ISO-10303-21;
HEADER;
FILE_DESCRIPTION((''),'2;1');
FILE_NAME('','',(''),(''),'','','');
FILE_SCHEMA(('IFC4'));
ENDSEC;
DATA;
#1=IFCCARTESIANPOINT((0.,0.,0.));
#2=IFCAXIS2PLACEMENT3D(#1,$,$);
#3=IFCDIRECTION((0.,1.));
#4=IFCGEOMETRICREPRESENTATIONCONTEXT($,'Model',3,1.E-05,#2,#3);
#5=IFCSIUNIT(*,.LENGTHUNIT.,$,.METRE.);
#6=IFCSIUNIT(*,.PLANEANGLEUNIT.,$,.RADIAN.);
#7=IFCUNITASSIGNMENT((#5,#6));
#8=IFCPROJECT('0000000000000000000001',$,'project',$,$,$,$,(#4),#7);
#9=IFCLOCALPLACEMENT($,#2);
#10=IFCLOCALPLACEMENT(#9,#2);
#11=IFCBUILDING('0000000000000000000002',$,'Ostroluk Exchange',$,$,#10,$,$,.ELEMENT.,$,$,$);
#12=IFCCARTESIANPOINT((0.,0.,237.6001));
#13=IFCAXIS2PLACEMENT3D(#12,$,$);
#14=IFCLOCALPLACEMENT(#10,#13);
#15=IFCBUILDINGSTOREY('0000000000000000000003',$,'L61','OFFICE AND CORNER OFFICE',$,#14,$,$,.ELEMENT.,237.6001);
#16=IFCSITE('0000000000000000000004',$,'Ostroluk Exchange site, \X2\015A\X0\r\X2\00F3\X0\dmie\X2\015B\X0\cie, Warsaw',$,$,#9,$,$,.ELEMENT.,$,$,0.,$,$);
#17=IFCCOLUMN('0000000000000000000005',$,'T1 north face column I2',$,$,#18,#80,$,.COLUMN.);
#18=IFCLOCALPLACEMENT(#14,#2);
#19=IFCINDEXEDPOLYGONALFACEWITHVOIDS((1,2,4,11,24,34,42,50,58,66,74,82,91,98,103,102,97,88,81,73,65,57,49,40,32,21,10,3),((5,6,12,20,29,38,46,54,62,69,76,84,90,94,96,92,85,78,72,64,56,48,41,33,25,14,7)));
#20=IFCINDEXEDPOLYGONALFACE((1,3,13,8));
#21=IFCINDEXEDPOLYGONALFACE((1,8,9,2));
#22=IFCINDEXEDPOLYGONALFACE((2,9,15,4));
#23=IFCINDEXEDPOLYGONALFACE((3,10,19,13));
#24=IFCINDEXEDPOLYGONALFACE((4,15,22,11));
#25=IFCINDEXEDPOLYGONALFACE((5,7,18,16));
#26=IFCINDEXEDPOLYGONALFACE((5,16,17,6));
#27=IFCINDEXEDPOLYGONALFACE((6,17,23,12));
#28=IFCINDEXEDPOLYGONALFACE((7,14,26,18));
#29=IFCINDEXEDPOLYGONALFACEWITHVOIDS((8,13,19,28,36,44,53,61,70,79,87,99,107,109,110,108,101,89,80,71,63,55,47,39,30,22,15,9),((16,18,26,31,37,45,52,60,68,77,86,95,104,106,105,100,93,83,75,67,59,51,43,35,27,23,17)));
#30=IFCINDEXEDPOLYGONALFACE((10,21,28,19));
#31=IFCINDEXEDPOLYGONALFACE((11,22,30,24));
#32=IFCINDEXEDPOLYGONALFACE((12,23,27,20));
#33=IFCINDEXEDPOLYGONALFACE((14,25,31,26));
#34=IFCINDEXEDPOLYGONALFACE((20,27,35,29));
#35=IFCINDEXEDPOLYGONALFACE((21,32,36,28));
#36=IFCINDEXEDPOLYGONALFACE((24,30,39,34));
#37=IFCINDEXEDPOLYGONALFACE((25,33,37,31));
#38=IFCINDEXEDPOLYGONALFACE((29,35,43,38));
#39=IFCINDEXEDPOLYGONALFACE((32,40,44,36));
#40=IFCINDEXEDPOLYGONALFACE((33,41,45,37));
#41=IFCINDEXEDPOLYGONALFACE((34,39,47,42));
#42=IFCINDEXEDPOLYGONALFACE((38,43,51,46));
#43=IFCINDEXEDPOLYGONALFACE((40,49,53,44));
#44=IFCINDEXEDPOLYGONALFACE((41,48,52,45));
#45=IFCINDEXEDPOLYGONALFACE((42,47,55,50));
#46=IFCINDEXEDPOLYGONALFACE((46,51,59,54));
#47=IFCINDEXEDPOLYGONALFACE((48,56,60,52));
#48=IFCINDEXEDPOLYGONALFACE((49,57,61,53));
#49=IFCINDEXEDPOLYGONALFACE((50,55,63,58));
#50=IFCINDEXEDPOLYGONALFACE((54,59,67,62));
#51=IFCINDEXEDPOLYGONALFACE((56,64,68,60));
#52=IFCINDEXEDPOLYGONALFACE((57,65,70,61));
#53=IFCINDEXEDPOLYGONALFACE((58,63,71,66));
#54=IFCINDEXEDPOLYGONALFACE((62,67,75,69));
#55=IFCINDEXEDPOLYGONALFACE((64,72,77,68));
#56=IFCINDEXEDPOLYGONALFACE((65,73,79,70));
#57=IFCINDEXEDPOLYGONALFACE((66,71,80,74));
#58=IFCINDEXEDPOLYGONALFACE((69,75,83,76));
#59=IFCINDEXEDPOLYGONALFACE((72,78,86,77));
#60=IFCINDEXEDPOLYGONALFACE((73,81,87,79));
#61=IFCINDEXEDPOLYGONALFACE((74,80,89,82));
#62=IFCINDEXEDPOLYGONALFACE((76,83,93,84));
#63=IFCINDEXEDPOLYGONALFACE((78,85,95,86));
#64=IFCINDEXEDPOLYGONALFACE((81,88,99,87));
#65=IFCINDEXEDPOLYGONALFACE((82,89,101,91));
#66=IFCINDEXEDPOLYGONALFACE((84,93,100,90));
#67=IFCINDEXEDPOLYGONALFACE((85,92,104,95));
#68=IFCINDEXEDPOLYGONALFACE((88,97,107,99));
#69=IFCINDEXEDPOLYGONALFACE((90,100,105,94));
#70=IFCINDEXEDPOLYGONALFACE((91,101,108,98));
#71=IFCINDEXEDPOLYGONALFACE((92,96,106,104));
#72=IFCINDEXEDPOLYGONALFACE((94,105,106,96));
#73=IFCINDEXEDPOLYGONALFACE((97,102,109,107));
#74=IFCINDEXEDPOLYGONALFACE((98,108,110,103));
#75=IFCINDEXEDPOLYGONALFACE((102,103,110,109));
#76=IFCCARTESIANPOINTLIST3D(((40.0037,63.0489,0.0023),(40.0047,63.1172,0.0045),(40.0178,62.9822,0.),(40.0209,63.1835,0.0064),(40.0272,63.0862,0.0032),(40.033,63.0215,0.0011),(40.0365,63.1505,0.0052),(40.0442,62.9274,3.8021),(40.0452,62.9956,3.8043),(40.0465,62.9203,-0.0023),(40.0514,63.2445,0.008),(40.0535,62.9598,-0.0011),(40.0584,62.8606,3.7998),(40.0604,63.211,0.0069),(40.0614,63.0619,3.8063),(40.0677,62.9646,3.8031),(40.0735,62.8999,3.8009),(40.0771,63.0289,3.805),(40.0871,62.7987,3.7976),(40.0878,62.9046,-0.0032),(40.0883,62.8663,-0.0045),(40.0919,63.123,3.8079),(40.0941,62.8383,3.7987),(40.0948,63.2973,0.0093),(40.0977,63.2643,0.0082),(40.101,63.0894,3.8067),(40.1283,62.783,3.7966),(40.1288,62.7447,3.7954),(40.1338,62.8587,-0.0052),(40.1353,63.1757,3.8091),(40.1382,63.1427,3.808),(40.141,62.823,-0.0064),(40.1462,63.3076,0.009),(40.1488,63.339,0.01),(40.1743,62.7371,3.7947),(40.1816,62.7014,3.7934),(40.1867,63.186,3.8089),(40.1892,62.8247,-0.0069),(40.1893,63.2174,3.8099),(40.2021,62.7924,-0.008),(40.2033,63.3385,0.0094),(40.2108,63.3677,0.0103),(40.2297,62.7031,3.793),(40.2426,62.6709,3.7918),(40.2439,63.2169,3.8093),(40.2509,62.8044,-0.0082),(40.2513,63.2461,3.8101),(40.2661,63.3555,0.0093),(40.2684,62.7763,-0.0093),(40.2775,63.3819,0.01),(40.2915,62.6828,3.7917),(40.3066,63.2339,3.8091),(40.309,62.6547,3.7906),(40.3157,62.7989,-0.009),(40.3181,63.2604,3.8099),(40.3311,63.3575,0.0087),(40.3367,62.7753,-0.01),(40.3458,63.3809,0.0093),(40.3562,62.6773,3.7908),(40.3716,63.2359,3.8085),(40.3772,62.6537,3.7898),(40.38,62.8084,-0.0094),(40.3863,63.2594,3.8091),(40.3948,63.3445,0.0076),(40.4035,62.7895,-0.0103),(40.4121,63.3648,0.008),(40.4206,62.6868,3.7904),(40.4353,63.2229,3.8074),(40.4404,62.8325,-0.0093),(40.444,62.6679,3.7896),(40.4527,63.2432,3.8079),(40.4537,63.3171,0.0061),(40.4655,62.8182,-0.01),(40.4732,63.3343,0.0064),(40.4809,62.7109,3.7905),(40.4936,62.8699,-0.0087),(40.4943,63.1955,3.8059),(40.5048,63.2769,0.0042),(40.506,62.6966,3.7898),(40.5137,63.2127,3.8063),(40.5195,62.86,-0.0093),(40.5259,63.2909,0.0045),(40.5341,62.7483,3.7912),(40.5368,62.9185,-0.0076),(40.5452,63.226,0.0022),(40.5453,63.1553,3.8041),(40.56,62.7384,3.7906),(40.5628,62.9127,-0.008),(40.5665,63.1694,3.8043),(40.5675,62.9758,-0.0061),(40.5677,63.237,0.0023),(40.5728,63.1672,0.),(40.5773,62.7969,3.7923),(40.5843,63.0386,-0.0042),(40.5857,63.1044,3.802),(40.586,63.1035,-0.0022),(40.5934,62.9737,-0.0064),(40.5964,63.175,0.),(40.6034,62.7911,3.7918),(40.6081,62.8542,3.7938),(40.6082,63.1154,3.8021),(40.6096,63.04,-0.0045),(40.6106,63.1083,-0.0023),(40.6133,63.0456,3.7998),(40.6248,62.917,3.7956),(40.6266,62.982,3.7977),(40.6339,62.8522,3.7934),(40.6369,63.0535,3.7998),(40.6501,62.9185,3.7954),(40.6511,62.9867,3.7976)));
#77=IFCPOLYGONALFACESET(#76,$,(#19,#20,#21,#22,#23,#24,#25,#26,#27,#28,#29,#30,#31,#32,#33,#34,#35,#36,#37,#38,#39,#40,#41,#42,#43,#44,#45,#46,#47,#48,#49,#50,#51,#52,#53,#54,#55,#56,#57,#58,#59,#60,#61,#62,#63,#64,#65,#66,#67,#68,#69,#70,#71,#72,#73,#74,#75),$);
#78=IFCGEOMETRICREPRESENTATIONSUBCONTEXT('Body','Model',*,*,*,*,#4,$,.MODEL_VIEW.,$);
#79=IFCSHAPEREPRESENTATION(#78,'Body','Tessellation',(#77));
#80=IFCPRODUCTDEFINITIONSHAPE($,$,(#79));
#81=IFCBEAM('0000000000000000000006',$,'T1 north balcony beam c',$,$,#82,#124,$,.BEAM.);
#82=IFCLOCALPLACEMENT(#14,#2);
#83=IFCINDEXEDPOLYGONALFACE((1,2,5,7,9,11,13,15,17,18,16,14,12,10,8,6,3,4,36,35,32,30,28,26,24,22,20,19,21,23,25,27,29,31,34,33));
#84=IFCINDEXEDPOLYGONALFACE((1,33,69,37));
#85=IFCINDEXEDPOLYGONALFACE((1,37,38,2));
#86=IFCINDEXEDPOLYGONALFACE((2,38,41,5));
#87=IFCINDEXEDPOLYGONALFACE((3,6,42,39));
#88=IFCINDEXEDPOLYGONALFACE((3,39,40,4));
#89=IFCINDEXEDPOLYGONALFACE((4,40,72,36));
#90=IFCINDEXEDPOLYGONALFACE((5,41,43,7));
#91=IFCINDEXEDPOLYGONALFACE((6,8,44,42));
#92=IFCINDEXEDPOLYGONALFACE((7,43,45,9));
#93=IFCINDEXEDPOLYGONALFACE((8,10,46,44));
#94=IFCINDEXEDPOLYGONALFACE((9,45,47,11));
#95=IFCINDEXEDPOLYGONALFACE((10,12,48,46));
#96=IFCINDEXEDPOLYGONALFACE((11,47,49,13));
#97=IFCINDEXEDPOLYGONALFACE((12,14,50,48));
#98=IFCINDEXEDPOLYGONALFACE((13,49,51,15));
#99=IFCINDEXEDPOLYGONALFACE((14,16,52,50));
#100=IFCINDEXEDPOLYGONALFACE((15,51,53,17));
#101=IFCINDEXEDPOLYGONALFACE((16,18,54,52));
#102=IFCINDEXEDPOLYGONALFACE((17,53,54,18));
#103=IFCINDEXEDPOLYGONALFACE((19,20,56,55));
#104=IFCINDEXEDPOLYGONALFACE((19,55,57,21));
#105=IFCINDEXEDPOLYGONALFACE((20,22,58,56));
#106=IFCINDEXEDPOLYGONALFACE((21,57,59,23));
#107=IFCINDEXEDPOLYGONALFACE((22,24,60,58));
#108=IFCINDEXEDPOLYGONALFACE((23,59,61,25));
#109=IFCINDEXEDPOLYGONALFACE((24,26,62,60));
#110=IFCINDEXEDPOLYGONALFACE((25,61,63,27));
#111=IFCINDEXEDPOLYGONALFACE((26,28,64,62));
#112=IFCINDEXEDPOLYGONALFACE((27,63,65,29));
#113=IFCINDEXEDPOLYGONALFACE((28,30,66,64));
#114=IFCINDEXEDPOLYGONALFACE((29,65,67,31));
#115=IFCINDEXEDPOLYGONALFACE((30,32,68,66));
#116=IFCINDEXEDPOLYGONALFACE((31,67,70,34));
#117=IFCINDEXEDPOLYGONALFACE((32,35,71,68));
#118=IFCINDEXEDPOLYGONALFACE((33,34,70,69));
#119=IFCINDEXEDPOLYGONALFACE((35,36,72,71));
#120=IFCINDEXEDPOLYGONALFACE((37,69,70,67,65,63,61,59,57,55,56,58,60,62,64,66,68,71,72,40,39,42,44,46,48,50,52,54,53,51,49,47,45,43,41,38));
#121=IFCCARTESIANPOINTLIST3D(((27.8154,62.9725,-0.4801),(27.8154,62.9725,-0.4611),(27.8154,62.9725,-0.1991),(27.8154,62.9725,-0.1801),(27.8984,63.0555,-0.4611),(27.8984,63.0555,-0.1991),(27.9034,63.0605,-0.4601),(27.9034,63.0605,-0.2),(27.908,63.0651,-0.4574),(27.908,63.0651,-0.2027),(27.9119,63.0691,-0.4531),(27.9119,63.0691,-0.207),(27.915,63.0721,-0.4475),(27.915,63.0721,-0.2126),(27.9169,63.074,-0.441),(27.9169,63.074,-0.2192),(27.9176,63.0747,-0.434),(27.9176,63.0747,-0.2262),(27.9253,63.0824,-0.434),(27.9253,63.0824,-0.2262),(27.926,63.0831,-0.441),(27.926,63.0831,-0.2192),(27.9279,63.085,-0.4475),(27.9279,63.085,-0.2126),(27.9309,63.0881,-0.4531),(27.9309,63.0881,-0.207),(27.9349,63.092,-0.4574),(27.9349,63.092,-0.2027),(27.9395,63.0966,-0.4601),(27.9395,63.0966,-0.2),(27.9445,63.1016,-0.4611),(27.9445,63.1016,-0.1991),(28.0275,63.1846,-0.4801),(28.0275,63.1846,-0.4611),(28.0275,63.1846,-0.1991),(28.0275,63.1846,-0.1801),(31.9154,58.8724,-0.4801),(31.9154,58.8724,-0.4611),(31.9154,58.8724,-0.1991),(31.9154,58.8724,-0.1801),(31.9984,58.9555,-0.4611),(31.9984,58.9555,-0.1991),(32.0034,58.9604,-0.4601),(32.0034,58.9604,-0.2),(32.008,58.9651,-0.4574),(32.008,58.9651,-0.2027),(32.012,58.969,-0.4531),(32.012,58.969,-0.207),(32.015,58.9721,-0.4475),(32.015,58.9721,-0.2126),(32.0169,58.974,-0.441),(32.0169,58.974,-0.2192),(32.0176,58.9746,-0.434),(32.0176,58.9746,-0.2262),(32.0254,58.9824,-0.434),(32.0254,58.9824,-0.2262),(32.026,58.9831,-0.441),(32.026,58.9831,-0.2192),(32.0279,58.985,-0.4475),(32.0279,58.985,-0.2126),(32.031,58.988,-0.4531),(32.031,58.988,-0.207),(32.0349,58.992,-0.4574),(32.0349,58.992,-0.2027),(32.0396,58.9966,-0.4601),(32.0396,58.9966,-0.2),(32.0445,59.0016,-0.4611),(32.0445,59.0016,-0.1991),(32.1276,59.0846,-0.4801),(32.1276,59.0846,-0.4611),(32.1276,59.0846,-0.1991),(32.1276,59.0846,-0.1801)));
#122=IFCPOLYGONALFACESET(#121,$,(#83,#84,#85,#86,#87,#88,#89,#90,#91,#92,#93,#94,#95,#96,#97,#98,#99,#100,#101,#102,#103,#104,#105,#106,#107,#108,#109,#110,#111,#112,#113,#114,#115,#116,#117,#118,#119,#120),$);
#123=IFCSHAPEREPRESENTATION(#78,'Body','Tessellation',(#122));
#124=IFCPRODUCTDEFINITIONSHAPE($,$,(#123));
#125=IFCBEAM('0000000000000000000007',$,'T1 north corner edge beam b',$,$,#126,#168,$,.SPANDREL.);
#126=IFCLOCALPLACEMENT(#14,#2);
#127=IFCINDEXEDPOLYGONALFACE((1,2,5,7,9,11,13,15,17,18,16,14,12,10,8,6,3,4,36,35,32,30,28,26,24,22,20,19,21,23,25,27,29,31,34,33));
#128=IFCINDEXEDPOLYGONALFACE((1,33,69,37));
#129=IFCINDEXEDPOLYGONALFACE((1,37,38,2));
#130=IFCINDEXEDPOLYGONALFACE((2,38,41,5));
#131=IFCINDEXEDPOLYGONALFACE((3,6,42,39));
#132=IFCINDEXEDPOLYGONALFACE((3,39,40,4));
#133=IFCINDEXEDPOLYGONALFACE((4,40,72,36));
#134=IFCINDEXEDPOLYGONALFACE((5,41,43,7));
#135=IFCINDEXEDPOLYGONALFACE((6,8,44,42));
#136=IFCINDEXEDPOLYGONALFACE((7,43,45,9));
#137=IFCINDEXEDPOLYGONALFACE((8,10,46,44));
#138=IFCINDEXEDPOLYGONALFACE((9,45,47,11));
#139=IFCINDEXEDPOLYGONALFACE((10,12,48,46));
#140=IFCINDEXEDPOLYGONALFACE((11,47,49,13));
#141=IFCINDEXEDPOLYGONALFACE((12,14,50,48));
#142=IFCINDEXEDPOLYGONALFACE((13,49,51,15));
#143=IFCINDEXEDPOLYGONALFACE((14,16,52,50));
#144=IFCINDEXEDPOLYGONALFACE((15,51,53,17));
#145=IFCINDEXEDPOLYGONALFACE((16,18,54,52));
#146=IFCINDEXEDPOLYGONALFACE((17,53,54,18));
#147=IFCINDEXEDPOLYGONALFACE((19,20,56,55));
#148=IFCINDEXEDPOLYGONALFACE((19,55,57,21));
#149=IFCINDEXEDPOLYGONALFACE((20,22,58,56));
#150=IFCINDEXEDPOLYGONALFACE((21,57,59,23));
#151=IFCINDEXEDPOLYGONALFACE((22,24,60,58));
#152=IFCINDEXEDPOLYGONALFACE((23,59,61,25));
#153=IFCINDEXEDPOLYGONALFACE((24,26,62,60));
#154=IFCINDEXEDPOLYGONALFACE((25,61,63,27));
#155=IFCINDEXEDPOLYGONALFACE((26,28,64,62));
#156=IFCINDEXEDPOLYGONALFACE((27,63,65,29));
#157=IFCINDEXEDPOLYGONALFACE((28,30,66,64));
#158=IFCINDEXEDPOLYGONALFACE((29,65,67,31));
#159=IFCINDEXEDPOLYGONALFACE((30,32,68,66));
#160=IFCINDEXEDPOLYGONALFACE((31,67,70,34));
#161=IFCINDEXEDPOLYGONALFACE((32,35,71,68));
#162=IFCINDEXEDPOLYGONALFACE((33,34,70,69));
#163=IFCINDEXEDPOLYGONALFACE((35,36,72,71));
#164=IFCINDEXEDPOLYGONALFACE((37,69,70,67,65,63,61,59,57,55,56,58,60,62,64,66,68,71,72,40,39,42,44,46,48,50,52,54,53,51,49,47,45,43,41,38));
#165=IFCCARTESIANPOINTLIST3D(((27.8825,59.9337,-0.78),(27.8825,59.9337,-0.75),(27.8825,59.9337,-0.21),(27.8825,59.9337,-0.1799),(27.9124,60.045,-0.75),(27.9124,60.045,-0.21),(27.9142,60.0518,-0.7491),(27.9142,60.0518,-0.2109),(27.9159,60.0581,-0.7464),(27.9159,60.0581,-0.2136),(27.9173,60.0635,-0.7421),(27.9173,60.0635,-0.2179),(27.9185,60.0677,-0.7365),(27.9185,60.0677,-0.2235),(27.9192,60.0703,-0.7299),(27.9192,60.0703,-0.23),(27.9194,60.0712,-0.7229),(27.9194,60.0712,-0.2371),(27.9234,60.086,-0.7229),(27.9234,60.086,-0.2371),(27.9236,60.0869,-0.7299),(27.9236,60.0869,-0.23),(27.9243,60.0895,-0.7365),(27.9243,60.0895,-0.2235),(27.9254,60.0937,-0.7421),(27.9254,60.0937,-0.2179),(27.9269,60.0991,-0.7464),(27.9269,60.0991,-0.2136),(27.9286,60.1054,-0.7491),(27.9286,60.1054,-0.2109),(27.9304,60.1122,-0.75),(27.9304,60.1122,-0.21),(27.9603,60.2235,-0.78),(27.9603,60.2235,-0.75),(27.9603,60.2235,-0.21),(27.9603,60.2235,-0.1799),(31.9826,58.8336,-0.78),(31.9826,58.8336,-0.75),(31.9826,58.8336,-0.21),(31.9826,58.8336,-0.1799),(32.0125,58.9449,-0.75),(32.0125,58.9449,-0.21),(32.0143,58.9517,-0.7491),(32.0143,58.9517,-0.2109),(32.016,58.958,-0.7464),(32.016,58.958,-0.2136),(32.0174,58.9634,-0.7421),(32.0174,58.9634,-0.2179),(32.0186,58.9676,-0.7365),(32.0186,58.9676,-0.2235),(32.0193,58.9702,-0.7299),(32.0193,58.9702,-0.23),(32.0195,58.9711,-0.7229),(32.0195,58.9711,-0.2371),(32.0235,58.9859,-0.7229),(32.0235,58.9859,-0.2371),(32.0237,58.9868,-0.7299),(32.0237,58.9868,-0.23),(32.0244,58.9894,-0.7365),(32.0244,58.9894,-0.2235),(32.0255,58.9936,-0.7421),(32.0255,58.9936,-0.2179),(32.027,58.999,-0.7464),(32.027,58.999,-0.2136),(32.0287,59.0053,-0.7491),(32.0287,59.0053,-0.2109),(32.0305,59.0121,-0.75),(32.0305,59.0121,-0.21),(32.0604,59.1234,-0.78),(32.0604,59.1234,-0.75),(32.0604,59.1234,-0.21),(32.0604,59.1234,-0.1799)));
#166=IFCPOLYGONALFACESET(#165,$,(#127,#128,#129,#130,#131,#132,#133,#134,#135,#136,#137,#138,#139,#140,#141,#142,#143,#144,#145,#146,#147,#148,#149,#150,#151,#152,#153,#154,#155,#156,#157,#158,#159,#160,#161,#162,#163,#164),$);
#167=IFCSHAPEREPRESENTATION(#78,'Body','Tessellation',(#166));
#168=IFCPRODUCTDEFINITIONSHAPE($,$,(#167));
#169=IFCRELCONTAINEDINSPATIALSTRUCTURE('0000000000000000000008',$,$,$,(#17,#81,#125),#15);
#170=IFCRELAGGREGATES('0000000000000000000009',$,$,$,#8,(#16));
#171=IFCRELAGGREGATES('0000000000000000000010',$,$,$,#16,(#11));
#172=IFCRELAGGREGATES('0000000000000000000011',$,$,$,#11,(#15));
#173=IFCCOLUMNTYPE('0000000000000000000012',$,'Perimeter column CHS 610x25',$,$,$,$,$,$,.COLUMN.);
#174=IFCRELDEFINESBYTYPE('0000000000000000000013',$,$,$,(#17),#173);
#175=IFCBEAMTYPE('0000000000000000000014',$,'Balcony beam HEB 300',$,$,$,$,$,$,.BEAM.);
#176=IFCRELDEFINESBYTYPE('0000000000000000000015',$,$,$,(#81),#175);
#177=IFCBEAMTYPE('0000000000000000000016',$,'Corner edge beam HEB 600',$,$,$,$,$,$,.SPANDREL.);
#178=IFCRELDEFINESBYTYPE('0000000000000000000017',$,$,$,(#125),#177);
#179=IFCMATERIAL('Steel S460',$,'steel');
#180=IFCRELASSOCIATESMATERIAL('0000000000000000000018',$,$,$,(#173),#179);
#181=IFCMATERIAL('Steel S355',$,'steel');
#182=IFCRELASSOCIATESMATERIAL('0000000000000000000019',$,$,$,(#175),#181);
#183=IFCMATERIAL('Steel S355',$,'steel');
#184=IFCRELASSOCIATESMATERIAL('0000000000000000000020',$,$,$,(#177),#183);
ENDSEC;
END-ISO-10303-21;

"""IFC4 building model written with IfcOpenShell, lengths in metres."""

from ifc_helpers import new_model, si_unit, direction, frame, origin, origin_2d, place, context, subcontext, project, spatial, hollow_circle, i_section, extrude, material, material_profile, profile_set, type_object, element, save


model = new_model("IFC4")

# Units and contexts
model_context = context("Model", 3, precision=1e-05, world=origin(), true_north=direction((0.0, 1.0)))
body_context = subcontext(model_context, "Body", "Model", "MODEL_VIEW")
ifc_project = project(units=[si_unit("LENGTHUNIT", "METRE"), si_unit("PLANEANGLEUNIT", "RADIAN")], contexts=[model_context])

# Site, building, storey
site_placement = place(None, origin())
site = spatial("IfcSite", under=ifc_project, at=site_placement, Name="Ostroluk Exchange site, Śródmieście, Warsaw", CompositionType="ELEMENT", RefElevation=0.0)
building_placement = place(site_placement, origin())
building = spatial("IfcBuilding", under=site, at=building_placement, Name="Ostroluk Exchange", CompositionType="ELEMENT")
storey_placement = place(building_placement, frame((0.0, 0.0, 237.6001)))
storey = spatial("IfcBuildingStorey", under=building, at=storey_placement, Name="L61", Description="OFFICE AND CORNER OFFICE", CompositionType="ELEMENT", Elevation=237.6001)

# Column
ifc_material_1 = material(Name="Steel S460", Category="steel")
ifc_material_profile_1 = material_profile(ifc_material_1, hollow_circle(Radius=0.3049, WallThickness=0.0249, at=origin_2d()), Name="CHS 610x25")
ifc_profile_set_1 = profile_set([ifc_material_profile_1], Name="Steel S460")
column_type = type_object("IfcColumnType", Name="Perimeter column CHS 610x25", PredefinedType="COLUMN", material=ifc_profile_set_1)
column_placement = place(storey_placement, frame((40.3071, 63.0786, 0.0), z_axis=(0.01066, -0.031979, 0.999432), x_axis=(0.948683, 0.316228, 0.0)))
element("IfcColumn", 1, at=column_placement, inside=storey, type_object=column_type, Name="T1 north face column I2", PredefinedType="COLUMN", context=body_context, shape_type="SweptSolid", body=[
    extrude(hollow_circle(Radius=0.3049, WallThickness=0.0249, at=origin_2d()), origin(), (0.0, 0.0, 1.0), 3.802),
])

# Beams
ifc_material_2 = material(Name="Steel S355", Category="steel")
ifc_material_profile_2 = material_profile(ifc_material_2, i_section(OverallWidth=0.3, OverallDepth=0.3, WebThickness=0.011, FlangeThickness=0.019, FilletRadius=0.0271, at=origin_2d()), Name="HEB 300")
ifc_profile_set_2 = profile_set([ifc_material_profile_2], Name="Steel S355")
beam_type_1 = type_object("IfcBeamType", Name="Balcony beam HEB 300", PredefinedType="BEAM", material=ifc_profile_set_2)
beam_1_placement = place(storey_placement, frame((32.0215, 58.9785, -0.3301), z_axis=(-0.707107, 0.707107, 0.0), x_axis=(-0.707107, -0.707107, 0.0)))
element("IfcBeam", 2, at=beam_1_placement, inside=storey, type_object=beam_type_1, Name="T1 north balcony beam c", PredefinedType="BEAM", context=body_context, shape_type="SweptSolid", body=[
    extrude(i_section(OverallWidth=0.3, OverallDepth=0.3, WebThickness=0.011, FlangeThickness=0.019, FilletRadius=0.0271, at=origin_2d()), origin(), (0.0, 0.0, 1.0), 5.7983),
])
ifc_material_3 = material(Name="Steel S355", Category="steel")
ifc_material_profile_3 = material_profile(ifc_material_3, i_section(OverallWidth=0.3, OverallDepth=0.6001, WebThickness=0.0154, FlangeThickness=0.03, FilletRadius=0.0271, at=origin_2d()), Name="HEB 600")
ifc_profile_set_3 = profile_set([ifc_material_profile_3], Name="Steel S355")
beam_type_2 = type_object("IfcBeamType", Name="Corner edge beam HEB 600", PredefinedType="SPANDREL", material=ifc_profile_set_3)
beam_2_placement = place(storey_placement, frame((32.0215, 58.9785, -0.48), z_axis=(-0.965839, 0.259144, 0.0), x_axis=(-0.259144, -0.965839, 0.0)))
element("IfcBeam", 3, at=beam_2_placement, inside=storey, type_object=beam_type_2, Name="T1 north corner edge beam b", PredefinedType="SPANDREL", context=body_context, shape_type="SweptSolid", body=[
    extrude(i_section(OverallWidth=0.3, OverallDepth=0.6001, WebThickness=0.0154, FlangeThickness=0.03, FilletRadius=0.0271, at=origin_2d()), origin(), (0.0, 0.0, 1.0), 4.2451),
])

save(model, "model.ifc")
